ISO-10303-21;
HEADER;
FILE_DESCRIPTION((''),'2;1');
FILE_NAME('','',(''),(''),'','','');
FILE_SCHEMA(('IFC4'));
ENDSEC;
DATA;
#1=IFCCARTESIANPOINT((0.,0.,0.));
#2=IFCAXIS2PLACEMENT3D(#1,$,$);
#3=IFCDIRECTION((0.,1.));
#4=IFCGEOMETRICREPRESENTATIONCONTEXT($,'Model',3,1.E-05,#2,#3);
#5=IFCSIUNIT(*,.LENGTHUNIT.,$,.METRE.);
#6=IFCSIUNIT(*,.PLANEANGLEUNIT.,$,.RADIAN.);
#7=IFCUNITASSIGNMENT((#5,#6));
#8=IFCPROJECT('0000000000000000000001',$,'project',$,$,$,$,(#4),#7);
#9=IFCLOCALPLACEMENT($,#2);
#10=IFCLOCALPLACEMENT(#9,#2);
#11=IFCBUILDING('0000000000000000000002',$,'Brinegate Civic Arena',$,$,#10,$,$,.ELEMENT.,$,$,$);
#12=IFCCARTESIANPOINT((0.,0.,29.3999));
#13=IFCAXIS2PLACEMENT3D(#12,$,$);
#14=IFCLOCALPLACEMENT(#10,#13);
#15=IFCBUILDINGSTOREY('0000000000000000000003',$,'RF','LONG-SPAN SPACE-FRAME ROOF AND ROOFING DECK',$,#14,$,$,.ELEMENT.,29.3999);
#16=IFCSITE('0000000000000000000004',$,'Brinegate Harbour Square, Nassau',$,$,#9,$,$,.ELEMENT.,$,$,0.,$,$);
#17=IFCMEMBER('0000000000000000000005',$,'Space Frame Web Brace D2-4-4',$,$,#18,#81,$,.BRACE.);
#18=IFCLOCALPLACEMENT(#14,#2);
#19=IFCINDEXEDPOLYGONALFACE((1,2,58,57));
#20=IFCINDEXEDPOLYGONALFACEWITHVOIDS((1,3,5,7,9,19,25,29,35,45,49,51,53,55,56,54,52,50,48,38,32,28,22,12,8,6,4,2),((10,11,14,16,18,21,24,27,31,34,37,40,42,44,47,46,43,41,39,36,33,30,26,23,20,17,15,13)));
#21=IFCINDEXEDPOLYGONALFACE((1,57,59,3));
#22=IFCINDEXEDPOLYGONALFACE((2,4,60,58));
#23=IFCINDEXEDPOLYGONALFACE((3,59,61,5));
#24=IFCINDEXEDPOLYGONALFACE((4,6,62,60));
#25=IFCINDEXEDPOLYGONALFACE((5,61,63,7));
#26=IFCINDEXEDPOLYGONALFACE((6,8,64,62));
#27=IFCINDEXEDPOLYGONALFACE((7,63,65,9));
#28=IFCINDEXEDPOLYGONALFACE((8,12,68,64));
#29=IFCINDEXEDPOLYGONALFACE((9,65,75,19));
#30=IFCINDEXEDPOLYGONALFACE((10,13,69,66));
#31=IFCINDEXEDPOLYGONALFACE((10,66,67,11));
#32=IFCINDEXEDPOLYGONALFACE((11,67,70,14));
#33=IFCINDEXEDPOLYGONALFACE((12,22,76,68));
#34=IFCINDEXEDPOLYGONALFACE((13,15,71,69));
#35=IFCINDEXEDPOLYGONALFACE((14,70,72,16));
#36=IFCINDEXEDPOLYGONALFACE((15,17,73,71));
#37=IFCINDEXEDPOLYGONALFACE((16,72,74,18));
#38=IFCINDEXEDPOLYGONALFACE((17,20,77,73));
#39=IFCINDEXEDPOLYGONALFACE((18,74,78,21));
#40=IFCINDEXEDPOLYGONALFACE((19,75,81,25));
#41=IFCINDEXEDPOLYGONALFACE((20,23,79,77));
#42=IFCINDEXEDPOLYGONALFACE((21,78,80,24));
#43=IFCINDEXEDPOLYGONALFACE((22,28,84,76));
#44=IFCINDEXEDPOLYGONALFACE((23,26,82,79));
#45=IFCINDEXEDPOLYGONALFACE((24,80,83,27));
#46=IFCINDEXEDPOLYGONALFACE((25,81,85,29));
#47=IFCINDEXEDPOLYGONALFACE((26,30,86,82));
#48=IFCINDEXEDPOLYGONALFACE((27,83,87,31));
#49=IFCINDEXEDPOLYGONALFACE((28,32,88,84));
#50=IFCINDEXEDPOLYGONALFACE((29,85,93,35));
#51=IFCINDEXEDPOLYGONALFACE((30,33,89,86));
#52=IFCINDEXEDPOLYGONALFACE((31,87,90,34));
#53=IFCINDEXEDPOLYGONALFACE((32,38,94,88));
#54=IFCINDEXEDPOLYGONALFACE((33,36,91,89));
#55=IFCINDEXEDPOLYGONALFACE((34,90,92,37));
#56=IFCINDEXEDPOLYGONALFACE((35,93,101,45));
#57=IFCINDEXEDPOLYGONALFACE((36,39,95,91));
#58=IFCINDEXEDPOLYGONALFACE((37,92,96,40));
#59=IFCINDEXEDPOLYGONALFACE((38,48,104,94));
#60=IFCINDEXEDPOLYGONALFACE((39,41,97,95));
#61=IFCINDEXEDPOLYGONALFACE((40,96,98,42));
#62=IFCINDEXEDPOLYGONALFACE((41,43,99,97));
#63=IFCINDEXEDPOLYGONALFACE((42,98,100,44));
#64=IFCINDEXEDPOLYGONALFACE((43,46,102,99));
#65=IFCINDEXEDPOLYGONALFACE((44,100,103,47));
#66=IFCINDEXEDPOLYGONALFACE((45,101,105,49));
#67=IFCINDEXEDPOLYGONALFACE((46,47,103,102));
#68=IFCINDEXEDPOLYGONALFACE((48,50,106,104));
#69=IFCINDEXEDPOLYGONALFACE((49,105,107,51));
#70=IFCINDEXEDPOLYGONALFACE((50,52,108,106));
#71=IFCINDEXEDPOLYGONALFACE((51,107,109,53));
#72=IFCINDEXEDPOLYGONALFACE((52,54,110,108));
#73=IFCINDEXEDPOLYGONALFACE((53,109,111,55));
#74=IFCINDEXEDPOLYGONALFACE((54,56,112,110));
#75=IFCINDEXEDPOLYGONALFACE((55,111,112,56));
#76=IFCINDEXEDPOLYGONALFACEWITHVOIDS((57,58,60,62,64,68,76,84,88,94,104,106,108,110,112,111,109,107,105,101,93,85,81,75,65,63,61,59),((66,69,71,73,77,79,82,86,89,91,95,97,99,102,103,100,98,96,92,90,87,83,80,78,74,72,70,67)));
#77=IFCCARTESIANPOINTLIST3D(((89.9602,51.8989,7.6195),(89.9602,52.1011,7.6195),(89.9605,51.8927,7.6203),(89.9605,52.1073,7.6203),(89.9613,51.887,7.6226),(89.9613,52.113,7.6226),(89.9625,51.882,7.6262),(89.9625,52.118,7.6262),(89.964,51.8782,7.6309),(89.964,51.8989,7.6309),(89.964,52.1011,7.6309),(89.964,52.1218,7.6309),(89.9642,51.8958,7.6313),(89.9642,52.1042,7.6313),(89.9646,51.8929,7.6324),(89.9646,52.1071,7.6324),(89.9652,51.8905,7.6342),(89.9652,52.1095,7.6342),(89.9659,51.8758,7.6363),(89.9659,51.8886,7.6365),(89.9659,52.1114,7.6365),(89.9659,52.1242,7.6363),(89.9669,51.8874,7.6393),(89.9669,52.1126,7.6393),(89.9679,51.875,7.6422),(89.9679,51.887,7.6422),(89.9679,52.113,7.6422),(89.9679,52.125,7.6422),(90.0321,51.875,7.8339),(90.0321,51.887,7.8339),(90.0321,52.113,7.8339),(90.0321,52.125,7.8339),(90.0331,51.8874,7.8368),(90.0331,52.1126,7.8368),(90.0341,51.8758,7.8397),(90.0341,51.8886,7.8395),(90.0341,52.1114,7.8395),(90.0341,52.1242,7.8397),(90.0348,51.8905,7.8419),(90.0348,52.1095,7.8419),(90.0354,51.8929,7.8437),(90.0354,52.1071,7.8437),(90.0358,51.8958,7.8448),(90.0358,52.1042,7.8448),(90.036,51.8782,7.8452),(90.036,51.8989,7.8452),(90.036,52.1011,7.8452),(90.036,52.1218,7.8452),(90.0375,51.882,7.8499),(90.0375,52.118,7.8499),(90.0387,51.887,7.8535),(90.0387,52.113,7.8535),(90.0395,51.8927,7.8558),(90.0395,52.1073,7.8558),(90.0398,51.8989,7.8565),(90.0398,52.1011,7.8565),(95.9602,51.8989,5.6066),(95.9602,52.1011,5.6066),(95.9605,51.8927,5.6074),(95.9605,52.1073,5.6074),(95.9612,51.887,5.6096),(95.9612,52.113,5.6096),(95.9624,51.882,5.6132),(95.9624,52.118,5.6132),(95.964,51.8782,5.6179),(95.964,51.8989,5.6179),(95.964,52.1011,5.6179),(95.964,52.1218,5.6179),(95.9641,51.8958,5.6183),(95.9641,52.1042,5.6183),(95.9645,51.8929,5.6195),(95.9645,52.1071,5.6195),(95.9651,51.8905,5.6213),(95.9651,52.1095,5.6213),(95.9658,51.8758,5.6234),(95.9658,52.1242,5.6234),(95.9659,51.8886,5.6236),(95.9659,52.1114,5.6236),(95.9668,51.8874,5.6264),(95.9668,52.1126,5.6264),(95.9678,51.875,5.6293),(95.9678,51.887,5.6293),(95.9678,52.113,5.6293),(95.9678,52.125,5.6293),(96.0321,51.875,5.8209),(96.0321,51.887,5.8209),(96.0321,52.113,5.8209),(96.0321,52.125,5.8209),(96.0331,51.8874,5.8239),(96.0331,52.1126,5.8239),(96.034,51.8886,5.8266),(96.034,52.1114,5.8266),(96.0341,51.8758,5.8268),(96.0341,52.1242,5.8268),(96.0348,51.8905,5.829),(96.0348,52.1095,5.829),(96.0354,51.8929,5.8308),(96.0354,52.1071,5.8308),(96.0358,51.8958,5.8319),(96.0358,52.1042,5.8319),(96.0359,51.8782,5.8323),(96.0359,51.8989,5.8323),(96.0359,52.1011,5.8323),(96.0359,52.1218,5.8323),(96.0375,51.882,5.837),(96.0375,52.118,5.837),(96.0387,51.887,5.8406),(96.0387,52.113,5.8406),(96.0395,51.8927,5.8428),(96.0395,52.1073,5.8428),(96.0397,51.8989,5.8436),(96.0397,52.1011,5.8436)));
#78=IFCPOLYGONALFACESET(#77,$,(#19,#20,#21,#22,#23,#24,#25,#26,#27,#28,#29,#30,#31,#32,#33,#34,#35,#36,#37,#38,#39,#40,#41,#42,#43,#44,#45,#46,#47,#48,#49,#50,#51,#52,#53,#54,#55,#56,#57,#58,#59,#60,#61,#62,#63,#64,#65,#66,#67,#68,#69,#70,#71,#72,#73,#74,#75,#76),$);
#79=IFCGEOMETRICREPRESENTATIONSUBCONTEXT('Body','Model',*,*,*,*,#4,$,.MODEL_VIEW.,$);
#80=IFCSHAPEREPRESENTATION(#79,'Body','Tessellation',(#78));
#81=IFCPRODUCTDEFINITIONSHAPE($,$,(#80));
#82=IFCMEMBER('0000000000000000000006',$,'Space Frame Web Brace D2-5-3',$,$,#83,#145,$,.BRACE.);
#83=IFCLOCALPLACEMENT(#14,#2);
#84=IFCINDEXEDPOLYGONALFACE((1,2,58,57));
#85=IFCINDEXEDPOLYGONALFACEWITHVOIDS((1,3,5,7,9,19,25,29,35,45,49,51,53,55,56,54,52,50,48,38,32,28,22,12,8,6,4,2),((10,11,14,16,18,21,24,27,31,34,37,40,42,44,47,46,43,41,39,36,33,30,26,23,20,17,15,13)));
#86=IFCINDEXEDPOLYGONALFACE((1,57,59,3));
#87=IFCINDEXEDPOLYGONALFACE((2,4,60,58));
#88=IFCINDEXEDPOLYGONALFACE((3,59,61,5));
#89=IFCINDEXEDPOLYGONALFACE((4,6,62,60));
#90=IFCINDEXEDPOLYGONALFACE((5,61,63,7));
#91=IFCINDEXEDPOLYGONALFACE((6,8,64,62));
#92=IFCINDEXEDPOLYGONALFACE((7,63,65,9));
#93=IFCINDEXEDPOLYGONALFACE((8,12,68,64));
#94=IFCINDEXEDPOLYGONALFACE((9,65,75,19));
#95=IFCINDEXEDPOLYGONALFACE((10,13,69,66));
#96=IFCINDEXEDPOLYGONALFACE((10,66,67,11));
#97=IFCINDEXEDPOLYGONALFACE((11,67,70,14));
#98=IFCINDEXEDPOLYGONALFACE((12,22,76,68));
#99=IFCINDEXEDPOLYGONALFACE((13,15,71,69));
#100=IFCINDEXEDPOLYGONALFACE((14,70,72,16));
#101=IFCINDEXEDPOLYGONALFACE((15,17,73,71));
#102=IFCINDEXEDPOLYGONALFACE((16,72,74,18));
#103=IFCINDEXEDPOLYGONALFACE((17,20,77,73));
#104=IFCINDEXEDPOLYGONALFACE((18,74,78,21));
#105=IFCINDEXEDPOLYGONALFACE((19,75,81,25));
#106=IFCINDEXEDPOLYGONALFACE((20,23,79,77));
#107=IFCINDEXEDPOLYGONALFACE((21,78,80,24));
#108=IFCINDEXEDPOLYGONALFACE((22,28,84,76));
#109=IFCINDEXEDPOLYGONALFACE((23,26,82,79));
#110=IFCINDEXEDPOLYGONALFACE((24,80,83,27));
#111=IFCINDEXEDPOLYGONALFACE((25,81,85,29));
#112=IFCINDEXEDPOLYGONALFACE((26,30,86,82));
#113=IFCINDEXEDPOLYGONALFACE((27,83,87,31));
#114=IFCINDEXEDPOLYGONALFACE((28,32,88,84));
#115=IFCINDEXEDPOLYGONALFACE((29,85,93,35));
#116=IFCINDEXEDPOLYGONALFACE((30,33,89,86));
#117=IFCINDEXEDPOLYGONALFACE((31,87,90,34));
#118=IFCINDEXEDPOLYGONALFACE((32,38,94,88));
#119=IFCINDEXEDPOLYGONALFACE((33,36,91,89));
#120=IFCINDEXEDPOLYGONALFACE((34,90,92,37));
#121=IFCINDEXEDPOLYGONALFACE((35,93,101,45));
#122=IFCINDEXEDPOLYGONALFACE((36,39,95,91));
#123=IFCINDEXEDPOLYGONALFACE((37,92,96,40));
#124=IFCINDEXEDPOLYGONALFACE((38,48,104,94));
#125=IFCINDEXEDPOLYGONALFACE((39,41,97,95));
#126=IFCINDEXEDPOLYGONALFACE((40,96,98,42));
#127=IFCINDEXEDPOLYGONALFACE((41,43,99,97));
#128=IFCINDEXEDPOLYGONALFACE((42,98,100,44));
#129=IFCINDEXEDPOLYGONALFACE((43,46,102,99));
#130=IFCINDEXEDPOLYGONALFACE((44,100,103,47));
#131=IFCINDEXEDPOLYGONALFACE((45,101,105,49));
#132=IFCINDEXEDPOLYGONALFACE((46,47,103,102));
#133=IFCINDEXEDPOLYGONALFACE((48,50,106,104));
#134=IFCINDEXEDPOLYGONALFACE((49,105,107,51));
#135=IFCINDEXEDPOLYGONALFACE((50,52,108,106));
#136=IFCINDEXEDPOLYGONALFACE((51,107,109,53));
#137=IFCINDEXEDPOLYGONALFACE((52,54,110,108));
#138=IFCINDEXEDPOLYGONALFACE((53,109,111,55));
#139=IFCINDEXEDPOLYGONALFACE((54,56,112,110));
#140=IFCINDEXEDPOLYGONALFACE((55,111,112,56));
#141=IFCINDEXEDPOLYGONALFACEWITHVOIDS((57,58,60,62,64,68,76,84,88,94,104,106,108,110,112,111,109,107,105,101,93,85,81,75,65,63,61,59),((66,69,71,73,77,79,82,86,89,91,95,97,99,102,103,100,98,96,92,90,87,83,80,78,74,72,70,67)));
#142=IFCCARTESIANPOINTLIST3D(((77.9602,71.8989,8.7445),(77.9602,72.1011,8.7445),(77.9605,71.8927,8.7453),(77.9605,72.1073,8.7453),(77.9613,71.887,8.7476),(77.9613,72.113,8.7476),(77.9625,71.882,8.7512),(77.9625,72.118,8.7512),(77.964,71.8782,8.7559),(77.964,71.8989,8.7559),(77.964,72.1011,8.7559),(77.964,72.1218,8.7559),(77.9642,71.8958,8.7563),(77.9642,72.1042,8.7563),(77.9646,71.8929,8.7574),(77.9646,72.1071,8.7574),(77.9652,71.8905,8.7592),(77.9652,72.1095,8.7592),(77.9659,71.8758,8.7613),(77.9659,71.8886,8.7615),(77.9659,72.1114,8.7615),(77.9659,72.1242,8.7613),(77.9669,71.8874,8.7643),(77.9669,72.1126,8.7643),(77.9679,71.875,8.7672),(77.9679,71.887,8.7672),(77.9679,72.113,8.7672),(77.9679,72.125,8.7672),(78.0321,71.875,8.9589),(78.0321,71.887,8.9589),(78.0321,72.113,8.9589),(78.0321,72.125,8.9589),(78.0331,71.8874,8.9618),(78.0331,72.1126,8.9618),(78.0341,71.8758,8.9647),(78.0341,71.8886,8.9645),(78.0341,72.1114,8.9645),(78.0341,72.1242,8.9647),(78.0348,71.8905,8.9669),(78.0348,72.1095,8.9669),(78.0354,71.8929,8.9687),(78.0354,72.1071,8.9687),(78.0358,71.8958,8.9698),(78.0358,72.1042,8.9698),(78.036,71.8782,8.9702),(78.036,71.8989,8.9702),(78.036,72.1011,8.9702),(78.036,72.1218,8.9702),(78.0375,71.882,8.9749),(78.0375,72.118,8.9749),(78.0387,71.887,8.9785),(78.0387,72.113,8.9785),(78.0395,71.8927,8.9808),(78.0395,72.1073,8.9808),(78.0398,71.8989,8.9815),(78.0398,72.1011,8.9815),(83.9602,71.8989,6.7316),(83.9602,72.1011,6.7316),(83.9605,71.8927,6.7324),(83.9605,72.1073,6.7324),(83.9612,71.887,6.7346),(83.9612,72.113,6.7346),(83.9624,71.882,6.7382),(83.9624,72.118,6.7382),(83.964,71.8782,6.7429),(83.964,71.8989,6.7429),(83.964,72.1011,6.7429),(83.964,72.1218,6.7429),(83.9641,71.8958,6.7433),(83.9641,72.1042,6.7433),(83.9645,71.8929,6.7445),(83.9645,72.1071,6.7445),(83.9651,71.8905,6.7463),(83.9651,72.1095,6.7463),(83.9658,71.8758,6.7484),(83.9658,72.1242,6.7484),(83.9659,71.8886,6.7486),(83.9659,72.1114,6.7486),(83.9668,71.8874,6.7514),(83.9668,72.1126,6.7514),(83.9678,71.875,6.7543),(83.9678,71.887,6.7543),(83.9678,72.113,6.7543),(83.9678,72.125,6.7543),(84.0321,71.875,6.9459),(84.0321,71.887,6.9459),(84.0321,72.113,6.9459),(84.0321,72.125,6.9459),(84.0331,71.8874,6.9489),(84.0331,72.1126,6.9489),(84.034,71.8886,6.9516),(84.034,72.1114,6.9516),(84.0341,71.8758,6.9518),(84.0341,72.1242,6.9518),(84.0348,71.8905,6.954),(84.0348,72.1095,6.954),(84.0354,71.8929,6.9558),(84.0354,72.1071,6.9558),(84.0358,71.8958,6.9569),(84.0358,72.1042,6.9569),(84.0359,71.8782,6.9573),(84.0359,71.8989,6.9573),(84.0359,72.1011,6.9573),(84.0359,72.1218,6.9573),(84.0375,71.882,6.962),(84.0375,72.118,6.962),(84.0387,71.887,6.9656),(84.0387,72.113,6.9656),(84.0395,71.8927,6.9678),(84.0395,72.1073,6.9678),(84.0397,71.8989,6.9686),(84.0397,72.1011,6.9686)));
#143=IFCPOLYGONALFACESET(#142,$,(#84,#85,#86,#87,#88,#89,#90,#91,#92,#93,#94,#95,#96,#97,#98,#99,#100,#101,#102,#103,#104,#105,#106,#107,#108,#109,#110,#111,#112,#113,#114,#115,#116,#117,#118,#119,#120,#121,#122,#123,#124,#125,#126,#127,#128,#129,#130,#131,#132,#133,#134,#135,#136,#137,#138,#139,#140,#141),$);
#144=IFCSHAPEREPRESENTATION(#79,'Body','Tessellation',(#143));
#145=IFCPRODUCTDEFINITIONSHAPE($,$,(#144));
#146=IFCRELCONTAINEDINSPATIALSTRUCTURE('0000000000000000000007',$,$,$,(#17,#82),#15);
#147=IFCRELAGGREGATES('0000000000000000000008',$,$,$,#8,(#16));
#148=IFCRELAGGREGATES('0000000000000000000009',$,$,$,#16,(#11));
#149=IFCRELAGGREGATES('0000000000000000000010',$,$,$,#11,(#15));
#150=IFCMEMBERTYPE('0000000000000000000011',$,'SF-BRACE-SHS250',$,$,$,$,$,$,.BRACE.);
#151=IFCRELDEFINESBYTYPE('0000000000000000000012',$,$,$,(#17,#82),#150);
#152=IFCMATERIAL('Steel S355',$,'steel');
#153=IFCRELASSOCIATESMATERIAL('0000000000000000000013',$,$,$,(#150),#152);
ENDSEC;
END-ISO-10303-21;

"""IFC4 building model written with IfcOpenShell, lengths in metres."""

from ifc_helpers import new_model, si_unit, direction, frame, origin, origin_2d, place, context, subcontext, project, spatial, hollow_rectangle, extrude, material, material_profile, profile_set, type_object, element, save


model = new_model("IFC4")

# Units and contexts
model_context = context("Model", 3, precision=1e-05, world=origin(), true_north=direction((0.0, 1.0)))
body_context = subcontext(model_context, "Body", "Model", "MODEL_VIEW")
ifc_project = project(units=[si_unit("LENGTHUNIT", "METRE"), si_unit("PLANEANGLEUNIT", "RADIAN")], contexts=[model_context])

# Site, building, storey
site_placement = place(None, origin())
site = spatial("IfcSite", under=ifc_project, at=site_placement, Name="Brinegate Harbour Square, Nassau", CompositionType="ELEMENT", RefElevation=0.0)
building_placement = place(site_placement, origin())
building = spatial("IfcBuilding", under=site, at=building_placement, Name="Brinegate Civic Arena", CompositionType="ELEMENT")
storey_placement = place(building_placement, frame((0.0, 0.0, 29.3999)))
storey = spatial("IfcBuildingStorey", under=building, at=storey_placement, Name="RF", Description="LONG-SPAN SPACE-FRAME ROOF AND ROOFING DECK", CompositionType="ELEMENT", Elevation=29.3999)

# Members
ifc_material = material(Name="Steel S355", Category="steel")
ifc_material_profile_1 = material_profile(ifc_material, hollow_rectangle(XDim=0.25, YDim=0.25, WallThickness=0.012, InnerFilletRadius=0.012, OuterFilletRadius=0.0239, at=origin_2d()), Name="SHS250X12")
ifc_profile_set_1 = profile_set([ifc_material_profile_1], Name="Steel S355")
member_type_1 = type_object("IfcMemberType", Name="SF-BRACE-SHS250", PredefinedType="BRACE", material=ifc_profile_set_1)
for number, where, z_axis, x_axis, name in (
    (1, (90.0, 52.0, 7.738), (0.948068, 0.0, -0.318067), (0.0, 1.0, 0.0), "Space Frame Web Brace D2-4-4"),
    (2, (78.0, 72.0, 8.863), (0.948068, 0.0, -0.318067), (0.0, 1.0, 0.0), "Space Frame Web Brace D2-5-3"),
):
    element("IfcMember", number, at=place(storey_placement, frame(where, z_axis=z_axis, x_axis=x_axis)), inside=storey, type_object=member_type_1, Name=name, PredefinedType="BRACE", context=body_context, shape_type="SweptSolid", body=[
        extrude(hollow_rectangle(XDim=0.25, YDim=0.25, WallThickness=0.012, InnerFilletRadius=0.012, OuterFilletRadius=0.0239, at=origin_2d()), origin(), (0.0, 0.0, 1.0), 6.3286),
    ])

save(model, "model.ifc")
